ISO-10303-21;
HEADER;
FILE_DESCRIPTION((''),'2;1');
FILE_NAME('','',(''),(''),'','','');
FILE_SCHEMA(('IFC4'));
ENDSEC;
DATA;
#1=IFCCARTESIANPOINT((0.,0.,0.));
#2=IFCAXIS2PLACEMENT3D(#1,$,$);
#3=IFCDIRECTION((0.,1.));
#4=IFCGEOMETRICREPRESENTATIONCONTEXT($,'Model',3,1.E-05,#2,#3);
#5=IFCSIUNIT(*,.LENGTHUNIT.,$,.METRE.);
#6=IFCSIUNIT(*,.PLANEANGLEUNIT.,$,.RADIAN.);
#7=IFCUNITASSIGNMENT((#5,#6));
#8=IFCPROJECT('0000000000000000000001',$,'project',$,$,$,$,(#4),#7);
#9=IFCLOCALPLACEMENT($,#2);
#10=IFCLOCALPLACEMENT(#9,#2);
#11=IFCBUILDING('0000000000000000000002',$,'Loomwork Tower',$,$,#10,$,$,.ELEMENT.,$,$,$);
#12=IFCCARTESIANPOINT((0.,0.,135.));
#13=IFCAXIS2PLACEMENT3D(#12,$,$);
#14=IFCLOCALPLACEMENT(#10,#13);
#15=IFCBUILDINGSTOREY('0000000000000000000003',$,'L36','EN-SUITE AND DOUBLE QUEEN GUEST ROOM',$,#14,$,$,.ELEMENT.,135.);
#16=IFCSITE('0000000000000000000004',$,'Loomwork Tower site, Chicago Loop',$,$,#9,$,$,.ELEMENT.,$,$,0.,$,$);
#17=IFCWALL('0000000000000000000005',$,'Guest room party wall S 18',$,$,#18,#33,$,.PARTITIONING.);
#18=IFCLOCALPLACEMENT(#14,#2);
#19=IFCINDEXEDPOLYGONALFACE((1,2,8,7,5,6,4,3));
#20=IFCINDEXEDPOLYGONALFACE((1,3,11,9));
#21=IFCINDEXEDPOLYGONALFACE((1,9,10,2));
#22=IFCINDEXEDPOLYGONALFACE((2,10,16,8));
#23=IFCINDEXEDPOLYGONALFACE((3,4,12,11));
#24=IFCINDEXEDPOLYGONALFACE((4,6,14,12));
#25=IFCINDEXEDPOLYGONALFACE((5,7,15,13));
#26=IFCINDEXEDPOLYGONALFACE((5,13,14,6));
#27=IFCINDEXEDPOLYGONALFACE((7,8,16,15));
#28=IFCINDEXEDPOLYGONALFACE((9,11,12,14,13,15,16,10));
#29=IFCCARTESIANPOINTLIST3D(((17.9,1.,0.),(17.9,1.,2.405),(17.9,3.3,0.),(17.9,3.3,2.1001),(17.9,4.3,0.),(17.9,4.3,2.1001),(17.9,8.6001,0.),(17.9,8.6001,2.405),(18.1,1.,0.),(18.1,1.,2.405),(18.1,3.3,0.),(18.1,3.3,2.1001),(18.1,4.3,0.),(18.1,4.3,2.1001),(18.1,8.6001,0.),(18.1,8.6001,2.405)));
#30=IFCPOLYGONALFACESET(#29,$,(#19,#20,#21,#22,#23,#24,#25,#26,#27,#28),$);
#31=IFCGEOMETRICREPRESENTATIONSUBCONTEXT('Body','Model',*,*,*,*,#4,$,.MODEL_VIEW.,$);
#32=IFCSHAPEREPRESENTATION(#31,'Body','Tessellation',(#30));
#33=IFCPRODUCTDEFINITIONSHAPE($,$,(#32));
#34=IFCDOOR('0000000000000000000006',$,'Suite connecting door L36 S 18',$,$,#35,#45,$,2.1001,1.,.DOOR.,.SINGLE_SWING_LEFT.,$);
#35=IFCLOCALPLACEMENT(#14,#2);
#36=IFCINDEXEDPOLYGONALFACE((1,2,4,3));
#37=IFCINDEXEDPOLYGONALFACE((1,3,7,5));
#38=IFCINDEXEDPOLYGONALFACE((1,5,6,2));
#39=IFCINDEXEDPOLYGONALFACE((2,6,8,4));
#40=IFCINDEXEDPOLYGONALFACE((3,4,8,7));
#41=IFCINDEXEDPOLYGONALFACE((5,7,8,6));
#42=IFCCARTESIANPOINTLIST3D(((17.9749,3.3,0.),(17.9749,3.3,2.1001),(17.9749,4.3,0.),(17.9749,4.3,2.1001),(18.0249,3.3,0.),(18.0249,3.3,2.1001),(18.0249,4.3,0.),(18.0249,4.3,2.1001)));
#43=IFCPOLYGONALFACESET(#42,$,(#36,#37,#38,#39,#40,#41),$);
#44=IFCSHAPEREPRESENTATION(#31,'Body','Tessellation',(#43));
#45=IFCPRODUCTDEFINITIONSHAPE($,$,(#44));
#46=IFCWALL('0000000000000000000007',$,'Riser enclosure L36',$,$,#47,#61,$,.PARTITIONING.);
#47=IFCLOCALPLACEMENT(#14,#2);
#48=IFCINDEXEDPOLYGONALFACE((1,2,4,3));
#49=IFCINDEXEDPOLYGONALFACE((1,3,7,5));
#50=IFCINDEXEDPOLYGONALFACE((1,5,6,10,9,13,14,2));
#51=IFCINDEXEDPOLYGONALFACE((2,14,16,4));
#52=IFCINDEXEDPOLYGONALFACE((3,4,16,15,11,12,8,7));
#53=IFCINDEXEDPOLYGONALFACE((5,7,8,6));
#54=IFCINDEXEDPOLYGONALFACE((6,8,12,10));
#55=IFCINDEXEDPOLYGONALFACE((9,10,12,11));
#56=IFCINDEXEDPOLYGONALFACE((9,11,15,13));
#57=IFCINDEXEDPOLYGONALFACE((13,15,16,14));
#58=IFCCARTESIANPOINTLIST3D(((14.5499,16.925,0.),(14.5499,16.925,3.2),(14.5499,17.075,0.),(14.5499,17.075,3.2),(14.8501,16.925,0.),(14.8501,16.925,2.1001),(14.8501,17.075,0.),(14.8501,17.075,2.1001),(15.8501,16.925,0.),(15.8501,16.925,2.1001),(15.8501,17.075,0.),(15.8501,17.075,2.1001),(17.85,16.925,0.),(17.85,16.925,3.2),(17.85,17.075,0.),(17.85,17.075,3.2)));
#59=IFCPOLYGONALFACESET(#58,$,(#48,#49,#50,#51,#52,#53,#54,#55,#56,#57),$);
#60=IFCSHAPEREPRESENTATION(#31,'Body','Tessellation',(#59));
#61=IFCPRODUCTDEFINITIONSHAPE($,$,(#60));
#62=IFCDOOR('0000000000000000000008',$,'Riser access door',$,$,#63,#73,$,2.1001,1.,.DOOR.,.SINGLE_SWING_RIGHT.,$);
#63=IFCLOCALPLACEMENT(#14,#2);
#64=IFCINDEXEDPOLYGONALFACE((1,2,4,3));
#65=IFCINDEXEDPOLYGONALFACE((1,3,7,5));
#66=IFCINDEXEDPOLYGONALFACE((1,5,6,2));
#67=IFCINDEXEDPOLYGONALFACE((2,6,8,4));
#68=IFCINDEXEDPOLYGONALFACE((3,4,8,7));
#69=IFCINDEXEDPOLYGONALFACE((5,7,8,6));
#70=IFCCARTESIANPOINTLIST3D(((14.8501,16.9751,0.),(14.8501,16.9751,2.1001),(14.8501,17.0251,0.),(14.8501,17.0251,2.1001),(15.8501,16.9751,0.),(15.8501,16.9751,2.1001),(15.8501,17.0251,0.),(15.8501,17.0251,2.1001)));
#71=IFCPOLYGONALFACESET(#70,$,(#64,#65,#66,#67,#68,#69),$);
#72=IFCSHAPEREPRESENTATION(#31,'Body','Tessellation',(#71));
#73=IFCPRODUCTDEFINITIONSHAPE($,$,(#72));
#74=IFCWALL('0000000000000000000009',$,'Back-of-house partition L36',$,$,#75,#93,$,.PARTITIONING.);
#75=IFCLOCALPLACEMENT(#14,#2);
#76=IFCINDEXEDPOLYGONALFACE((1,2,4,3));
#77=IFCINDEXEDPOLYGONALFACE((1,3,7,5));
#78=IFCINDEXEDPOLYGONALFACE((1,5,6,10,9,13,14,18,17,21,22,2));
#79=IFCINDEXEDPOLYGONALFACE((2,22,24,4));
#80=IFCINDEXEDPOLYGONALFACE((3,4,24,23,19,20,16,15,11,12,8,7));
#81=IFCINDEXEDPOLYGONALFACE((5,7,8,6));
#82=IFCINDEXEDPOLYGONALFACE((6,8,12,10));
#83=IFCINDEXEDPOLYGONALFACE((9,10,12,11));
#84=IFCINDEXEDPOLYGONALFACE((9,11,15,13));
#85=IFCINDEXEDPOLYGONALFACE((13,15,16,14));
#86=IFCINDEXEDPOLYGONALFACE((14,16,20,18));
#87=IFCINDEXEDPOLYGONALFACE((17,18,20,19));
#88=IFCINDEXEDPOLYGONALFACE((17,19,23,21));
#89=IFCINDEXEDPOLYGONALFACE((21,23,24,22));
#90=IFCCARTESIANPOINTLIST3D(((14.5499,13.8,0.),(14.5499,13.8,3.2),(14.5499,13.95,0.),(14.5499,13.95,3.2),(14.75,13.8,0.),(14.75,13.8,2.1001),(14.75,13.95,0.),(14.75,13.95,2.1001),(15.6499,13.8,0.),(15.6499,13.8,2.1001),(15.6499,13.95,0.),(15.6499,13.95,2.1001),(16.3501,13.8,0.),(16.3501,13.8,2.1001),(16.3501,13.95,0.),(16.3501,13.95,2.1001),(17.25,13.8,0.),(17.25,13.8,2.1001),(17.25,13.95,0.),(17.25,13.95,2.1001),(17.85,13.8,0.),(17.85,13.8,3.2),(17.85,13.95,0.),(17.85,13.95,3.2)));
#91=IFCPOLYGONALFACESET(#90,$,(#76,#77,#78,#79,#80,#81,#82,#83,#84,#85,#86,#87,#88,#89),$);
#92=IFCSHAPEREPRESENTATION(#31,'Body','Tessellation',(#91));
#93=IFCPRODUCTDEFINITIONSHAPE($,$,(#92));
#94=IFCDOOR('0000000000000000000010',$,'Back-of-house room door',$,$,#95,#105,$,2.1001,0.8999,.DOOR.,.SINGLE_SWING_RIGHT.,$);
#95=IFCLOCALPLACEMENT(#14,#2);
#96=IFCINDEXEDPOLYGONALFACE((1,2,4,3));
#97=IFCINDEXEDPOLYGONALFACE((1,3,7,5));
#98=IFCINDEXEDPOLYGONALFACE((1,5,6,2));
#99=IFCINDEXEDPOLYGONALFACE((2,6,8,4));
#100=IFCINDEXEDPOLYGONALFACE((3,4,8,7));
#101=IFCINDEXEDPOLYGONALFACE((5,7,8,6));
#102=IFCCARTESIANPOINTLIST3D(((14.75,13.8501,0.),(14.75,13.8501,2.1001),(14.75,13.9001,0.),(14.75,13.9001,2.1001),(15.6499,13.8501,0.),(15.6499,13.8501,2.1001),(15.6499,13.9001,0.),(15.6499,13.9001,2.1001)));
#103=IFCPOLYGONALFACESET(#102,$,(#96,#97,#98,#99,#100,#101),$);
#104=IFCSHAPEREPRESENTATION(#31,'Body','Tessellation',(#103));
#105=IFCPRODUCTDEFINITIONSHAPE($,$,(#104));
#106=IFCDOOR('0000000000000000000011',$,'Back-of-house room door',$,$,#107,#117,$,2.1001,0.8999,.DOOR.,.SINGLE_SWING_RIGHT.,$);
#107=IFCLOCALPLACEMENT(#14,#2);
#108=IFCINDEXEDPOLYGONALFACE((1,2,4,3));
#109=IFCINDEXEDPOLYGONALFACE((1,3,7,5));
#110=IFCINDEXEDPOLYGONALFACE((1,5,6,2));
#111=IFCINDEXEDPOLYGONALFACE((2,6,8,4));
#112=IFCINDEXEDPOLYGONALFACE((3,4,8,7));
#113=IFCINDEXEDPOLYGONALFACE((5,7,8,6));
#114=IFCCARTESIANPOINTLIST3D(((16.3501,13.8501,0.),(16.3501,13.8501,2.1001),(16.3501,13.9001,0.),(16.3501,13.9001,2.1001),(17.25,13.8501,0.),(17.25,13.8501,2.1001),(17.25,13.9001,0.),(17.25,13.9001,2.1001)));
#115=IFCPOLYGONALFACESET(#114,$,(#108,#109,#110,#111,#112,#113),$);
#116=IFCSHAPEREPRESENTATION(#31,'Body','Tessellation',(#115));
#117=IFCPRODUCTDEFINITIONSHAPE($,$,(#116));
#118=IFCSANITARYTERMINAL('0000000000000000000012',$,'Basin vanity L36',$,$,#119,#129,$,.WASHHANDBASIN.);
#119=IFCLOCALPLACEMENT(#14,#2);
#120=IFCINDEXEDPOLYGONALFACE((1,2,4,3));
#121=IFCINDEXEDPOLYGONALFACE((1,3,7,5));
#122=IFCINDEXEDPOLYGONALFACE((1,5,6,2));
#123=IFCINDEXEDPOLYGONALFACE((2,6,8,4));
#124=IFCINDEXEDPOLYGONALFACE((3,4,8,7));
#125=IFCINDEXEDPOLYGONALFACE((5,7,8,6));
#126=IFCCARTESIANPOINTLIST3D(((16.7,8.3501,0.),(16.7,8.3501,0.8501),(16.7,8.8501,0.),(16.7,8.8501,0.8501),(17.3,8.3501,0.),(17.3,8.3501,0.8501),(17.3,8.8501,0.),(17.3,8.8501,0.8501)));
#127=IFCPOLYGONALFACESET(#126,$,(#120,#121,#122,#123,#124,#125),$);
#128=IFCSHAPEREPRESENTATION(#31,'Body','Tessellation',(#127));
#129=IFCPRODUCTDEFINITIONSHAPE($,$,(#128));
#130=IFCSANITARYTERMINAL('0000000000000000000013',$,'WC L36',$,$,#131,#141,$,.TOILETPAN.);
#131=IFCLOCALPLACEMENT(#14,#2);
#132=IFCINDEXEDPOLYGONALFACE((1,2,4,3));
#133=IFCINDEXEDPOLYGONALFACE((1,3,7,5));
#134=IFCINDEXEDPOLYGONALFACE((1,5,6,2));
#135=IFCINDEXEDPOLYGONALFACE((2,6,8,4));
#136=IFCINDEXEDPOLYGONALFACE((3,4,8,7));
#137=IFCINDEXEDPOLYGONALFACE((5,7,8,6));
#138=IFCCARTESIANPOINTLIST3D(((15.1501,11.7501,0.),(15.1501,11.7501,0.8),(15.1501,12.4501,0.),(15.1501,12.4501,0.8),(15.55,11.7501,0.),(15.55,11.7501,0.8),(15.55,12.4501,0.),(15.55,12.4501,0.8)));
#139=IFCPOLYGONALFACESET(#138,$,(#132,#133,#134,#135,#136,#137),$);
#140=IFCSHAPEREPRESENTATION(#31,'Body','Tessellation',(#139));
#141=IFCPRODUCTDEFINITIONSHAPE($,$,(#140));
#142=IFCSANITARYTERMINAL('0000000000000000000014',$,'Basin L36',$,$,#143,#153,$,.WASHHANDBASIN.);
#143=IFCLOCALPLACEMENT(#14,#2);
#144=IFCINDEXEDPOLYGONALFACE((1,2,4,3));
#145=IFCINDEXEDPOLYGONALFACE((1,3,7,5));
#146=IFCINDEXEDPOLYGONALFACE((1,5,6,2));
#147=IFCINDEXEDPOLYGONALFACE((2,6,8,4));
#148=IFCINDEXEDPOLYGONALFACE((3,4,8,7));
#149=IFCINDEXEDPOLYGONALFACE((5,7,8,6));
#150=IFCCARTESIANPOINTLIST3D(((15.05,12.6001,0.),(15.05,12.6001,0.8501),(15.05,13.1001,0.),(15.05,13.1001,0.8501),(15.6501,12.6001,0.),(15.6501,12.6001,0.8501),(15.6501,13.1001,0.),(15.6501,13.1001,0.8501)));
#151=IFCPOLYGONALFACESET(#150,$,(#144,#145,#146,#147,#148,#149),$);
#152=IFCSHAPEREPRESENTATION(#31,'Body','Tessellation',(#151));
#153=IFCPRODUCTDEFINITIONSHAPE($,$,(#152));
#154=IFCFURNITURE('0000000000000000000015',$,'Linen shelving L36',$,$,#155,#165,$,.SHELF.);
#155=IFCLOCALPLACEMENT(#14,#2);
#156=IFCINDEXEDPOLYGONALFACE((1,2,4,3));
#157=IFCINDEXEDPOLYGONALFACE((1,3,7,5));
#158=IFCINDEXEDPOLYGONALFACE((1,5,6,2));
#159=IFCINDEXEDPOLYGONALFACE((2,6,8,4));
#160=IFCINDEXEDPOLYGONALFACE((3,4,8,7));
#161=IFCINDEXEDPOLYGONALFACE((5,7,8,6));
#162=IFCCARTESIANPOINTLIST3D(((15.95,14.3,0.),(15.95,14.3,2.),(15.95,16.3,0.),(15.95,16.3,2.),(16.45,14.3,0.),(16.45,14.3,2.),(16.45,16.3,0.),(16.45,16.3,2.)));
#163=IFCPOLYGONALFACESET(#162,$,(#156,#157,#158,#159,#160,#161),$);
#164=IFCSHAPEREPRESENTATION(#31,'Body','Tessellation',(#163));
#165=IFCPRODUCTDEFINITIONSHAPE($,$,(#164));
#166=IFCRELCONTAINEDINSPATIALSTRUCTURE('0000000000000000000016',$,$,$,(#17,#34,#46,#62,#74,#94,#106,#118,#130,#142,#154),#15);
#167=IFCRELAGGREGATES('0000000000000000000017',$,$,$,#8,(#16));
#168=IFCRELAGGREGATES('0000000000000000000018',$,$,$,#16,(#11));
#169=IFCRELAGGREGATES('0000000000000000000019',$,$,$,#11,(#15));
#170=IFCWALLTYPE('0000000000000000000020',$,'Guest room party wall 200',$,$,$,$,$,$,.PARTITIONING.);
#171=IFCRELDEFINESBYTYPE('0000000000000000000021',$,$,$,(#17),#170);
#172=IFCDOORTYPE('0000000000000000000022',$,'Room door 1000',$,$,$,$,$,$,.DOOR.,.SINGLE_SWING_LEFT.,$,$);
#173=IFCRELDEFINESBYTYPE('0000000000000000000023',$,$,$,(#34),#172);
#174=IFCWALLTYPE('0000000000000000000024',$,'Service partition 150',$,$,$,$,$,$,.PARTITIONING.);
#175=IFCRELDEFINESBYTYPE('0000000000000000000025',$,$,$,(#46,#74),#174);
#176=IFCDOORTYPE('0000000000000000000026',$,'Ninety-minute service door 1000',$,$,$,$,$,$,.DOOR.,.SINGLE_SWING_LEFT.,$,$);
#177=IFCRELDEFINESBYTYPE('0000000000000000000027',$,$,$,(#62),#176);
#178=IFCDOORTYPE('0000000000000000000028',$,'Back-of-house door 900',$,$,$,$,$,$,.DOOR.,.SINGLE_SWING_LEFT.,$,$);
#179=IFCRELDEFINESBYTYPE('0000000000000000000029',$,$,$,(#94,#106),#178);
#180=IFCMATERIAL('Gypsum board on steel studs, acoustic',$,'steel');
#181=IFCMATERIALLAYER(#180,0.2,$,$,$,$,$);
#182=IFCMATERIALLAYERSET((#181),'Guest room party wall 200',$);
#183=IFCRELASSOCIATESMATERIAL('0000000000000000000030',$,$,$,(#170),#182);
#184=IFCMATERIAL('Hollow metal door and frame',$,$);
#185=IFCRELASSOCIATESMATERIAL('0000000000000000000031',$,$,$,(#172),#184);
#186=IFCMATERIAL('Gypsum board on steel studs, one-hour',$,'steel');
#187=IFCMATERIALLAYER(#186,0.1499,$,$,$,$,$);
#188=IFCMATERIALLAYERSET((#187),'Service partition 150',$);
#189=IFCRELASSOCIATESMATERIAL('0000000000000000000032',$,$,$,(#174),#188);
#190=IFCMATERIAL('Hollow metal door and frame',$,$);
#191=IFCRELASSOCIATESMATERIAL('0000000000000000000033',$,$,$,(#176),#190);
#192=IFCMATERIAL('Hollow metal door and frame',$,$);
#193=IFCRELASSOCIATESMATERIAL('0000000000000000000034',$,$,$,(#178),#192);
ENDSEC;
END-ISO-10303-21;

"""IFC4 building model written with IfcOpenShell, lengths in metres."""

from ifc_helpers import new_model, si_unit, direction, frame, frame_2d, origin, origin_2d, place, context, subcontext, project, spatial, rectangle, extrude, material, layer, layer_set, type_object, element, fill, save


model = new_model("IFC4")

# Units and contexts
model_context = context("Model", 3, precision=1e-05, world=origin(), true_north=direction((0.0, 1.0)))
body_context = subcontext(model_context, "Body", "Model", "MODEL_VIEW")
ifc_project = project(units=[si_unit("LENGTHUNIT", "METRE"), si_unit("PLANEANGLEUNIT", "RADIAN")], contexts=[model_context])

# Site, building, storey
site_placement = place(None, origin())
site = spatial("IfcSite", under=ifc_project, at=site_placement, Name="Loomwork Tower site, Chicago Loop", CompositionType="ELEMENT", RefElevation=0.0)
building_placement = place(site_placement, origin())
building = spatial("IfcBuilding", under=site, at=building_placement, Name="Loomwork Tower", CompositionType="ELEMENT")
storey_placement = place(building_placement, frame((0.0, 0.0, 135.0)))
storey = spatial("IfcBuildingStorey", under=building, at=storey_placement, Name="L36", Description="EN-SUITE AND DOUBLE QUEEN GUEST ROOM", CompositionType="ELEMENT", Elevation=135.0)

# Walls, openings, doors
ifc_material_1 = material(Name="Gypsum board on steel studs, acoustic", Category="steel")
ifc_layer_1 = layer(ifc_material_1, 0.2)
ifc_layer_set_1 = layer_set([ifc_layer_1], Name="Guest room party wall 200")
wall_type_1 = type_object("IfcWallType", Name="Guest room party wall 200", PredefinedType="PARTITIONING", material=ifc_layer_set_1)
wall_1_placement = place(storey_placement, frame((18.0, 8.6001, 0.0), z_axis=(0.0, 0.0, 1.0), x_axis=(0.0, -1.0, 0.0)))
wall_1 = element("IfcWall", 1, at=wall_1_placement, inside=storey, type_object=wall_type_1, Name="Guest room party wall S 18", PredefinedType="PARTITIONING", context=body_context, shape_type="SweptSolid", body=[
    extrude(rectangle(XDim=7.6001, YDim=0.2, at=frame_2d((3.8, 0.0))), origin(), (0.0, 0.0, 1.0), 2.405),
])
opening_1_placement = place(wall_1_placement, frame((4.3, 0.0, 0.0)))
opening_1 = element("IfcOpeningElement", 2, at=opening_1_placement, cuts=wall_1, PredefinedType="OPENING", context=body_context, shape_type="SweptSolid", body=[
    extrude(rectangle(XDim=1.0, YDim=2.1001, at=frame_2d((0.5, 1.05))), frame((0.0, 0.1099, 0.0), z_axis=(0.0, -1.0, 0.0), x_axis=(1.0, 0.0, 0.0)), (0.0, 0.0, 1.0), 0.22),
])
ifc_material_2 = material(Name="Hollow metal door and frame")
door_type_1 = type_object("IfcDoorType", Name="Room door 1000", OperationType="SINGLE_SWING_LEFT", PredefinedType="DOOR", material=ifc_material_2)
door_1_placement = place(opening_1_placement, origin())
door_1 = element("IfcDoor", 3, at=door_1_placement, inside=storey, type_object=door_type_1, Name="Suite connecting door L36 S 18", OperationType="SINGLE_SWING_LEFT", OverallHeight=2.1001, OverallWidth=1.0, PredefinedType="DOOR", context=body_context, shape_type="SweptSolid", body=[
    extrude(rectangle(XDim=1.0, YDim=2.1001, at=frame_2d((0.5, 1.05))), frame((0.0, 0.0249, 0.0), z_axis=(0.0, -1.0, 0.0), x_axis=(1.0, 0.0, 0.0)), (0.0, 0.0, 1.0), 0.05),
])
fill(opening_1, door_1)
ifc_material_3 = material(Name="Gypsum board on steel studs, one-hour", Category="steel")
ifc_layer_2 = layer(ifc_material_3, 0.1499)
ifc_layer_set_2 = layer_set([ifc_layer_2], Name="Service partition 150")
wall_type_2 = type_object("IfcWallType", Name="Service partition 150", PredefinedType="PARTITIONING", material=ifc_layer_set_2)
wall_2_placement = place(storey_placement, frame((14.55, 17.0, 0.0), z_axis=(0.0, 0.0, 1.0), x_axis=(1.0, 0.0, 0.0)))
wall_2 = element("IfcWall", 4, at=wall_2_placement, inside=storey, type_object=wall_type_2, Name="Riser enclosure L36", PredefinedType="PARTITIONING", context=body_context, shape_type="SweptSolid", body=[
    extrude(rectangle(XDim=3.3, YDim=0.1499, at=frame_2d((1.6499, 0.0))), origin(), (0.0, 0.0, 1.0), 3.2),
])
opening_2_placement = place(wall_2_placement, frame((0.3, 0.0, 0.0)))
opening_2 = element("IfcOpeningElement", 5, at=opening_2_placement, cuts=wall_2, PredefinedType="OPENING", context=body_context, shape_type="SweptSolid", body=[
    extrude(rectangle(XDim=1.0, YDim=2.1001, at=frame_2d((0.5, 1.05))), frame((0.0, 0.085, 0.0), z_axis=(0.0, -1.0, 0.0), x_axis=(1.0, 0.0, 0.0)), (0.0, 0.0, 1.0), 0.1699),
])
ifc_material_4 = material(Name="Hollow metal door and frame")
door_type_2 = type_object("IfcDoorType", Name="Ninety-minute service door 1000", OperationType="SINGLE_SWING_LEFT", PredefinedType="DOOR", material=ifc_material_4)
door_2_placement = place(opening_2_placement, frame((1.0, 0.0, 0.0), z_axis=(0.0, 0.0, 1.0), x_axis=(-1.0, 0.0, 0.0)))
door_2 = element("IfcDoor", 6, at=door_2_placement, inside=storey, type_object=door_type_2, Name="Riser access door", OperationType="SINGLE_SWING_RIGHT", OverallHeight=2.1001, OverallWidth=1.0, PredefinedType="DOOR", context=body_context, shape_type="SweptSolid", body=[
    extrude(rectangle(XDim=1.0, YDim=2.1001, at=frame_2d((0.5, 1.05))), frame((0.0, 0.0249, 0.0), z_axis=(0.0, -1.0, 0.0), x_axis=(1.0, 0.0, 0.0)), (0.0, 0.0, 1.0), 0.05),
])
fill(opening_2, door_2)

# Wall, openings, doors
wall_3_placement = place(storey_placement, frame((14.55, 13.875, 0.0), z_axis=(0.0, 0.0, 1.0), x_axis=(1.0, 0.0, 0.0)))
wall_3 = element("IfcWall", 7, at=wall_3_placement, inside=storey, type_object=wall_type_2, Name="Back-of-house partition L36", PredefinedType="PARTITIONING", context=body_context, shape_type="SweptSolid", body=[
    extrude(rectangle(XDim=3.3, YDim=0.1499, at=frame_2d((1.6499, 0.0))), origin(), (0.0, 0.0, 1.0), 3.2),
])
opening_3_placement = place(wall_3_placement, frame((0.2, 0.0, 0.0)))
opening_3 = element("IfcOpeningElement", 8, at=opening_3_placement, cuts=wall_3, PredefinedType="OPENING", context=body_context, shape_type="SweptSolid", body=[
    extrude(rectangle(XDim=0.8999, YDim=2.1001, at=frame_2d((0.45, 1.05))), frame((0.0, 0.085, 0.0), z_axis=(0.0, -1.0, 0.0), x_axis=(1.0, 0.0, 0.0)), (0.0, 0.0, 1.0), 0.1699),
])
opening_4_placement = place(wall_3_placement, frame((1.8, 0.0, 0.0)))
opening_4 = element("IfcOpeningElement", 9, at=opening_4_placement, cuts=wall_3, PredefinedType="OPENING", context=body_context, shape_type="SweptSolid", body=[
    extrude(rectangle(XDim=0.8999, YDim=2.1001, at=frame_2d((0.45, 1.05))), frame((0.0, 0.085, 0.0), z_axis=(0.0, -1.0, 0.0), x_axis=(1.0, 0.0, 0.0)), (0.0, 0.0, 1.0), 0.1699),
])
ifc_material_5 = material(Name="Hollow metal door and frame")
door_type_3 = type_object("IfcDoorType", Name="Back-of-house door 900", OperationType="SINGLE_SWING_LEFT", PredefinedType="DOOR", material=ifc_material_5)
door_3_placement = place(opening_3_placement, frame((0.8999, 0.0, 0.0), z_axis=(0.0, 0.0, 1.0), x_axis=(-1.0, 0.0, 0.0)))
door_3 = element("IfcDoor", 10, at=door_3_placement, inside=storey, type_object=door_type_3, Name="Back-of-house room door", OperationType="SINGLE_SWING_RIGHT", OverallHeight=2.1001, OverallWidth=0.8999, PredefinedType="DOOR", context=body_context, shape_type="SweptSolid", body=[
    extrude(rectangle(XDim=0.8999, YDim=2.1001, at=frame_2d((0.45, 1.05))), frame((0.0, 0.0249, 0.0), z_axis=(0.0, -1.0, 0.0), x_axis=(1.0, 0.0, 0.0)), (0.0, 0.0, 1.0), 0.05),
])
fill(opening_3, door_3)
door_4_placement = place(opening_4_placement, frame((0.8999, 0.0, 0.0), z_axis=(0.0, 0.0, 1.0), x_axis=(-1.0, 0.0, 0.0)))
door_4 = element("IfcDoor", 11, at=door_4_placement, inside=storey, type_object=door_type_3, Name="Back-of-house room door", OperationType="SINGLE_SWING_RIGHT", OverallHeight=2.1001, OverallWidth=0.8999, PredefinedType="DOOR", context=body_context, shape_type="SweptSolid", body=[
    extrude(rectangle(XDim=0.8999, YDim=2.1001, at=frame_2d((0.45, 1.05))), frame((0.0, 0.0249, 0.0), z_axis=(0.0, -1.0, 0.0), x_axis=(1.0, 0.0, 0.0)), (0.0, 0.0, 1.0), 0.05),
])
fill(opening_4, door_4)

# Sanitary terminals
sanitary_terminal_1_placement = place(storey_placement, frame((17.0, 8.6001, 0.0), z_axis=(0.0, 0.0, 1.0), x_axis=(1.0, 0.0, 0.0)))
element("IfcSanitaryTerminal", 12, at=sanitary_terminal_1_placement, inside=storey, Name="Basin vanity L36", PredefinedType="WASHHANDBASIN", context=body_context, shape_type="SweptSolid", body=[
    extrude(rectangle(XDim=0.6001, YDim=0.5, at=origin_2d()), origin(), (0.0, 0.0, 1.0), 0.8501),
])
sanitary_terminal_2_placement = place(storey_placement, frame((15.3501, 12.1001, 0.0), z_axis=(0.0, 0.0, 1.0), x_axis=(1.0, 0.0, 0.0)))
element("IfcSanitaryTerminal", 13, at=sanitary_terminal_2_placement, inside=storey, Name="WC L36", PredefinedType="TOILETPAN", context=body_context, shape_type="SweptSolid", body=[
    extrude(rectangle(XDim=0.3999, YDim=0.7, at=origin_2d()), origin(), (0.0, 0.0, 1.0), 0.8),
])
sanitary_terminal_3_placement = place(storey_placement, frame((15.3501, 12.8501, 0.0), z_axis=(0.0, 0.0, 1.0), x_axis=(1.0, 0.0, 0.0)))
element("IfcSanitaryTerminal", 14, at=sanitary_terminal_3_placement, inside=storey, Name="Basin L36", PredefinedType="WASHHANDBASIN", context=body_context, shape_type="SweptSolid", body=[
    extrude(rectangle(XDim=0.6001, YDim=0.5, at=origin_2d()), origin(), (0.0, 0.0, 1.0), 0.8501),
])

# Furniture
furniture_placement = place(storey_placement, frame((16.2, 15.3, 0.0), z_axis=(0.0, 0.0, 1.0), x_axis=(1.0, 0.0, 0.0)))
element("IfcFurniture", 15, at=furniture_placement, inside=storey, Name="Linen shelving L36", PredefinedType="SHELF", context=body_context, shape_type="SweptSolid", body=[
    extrude(rectangle(XDim=0.5, YDim=2.0, at=origin_2d()), origin(), (0.0, 0.0, 1.0), 2.0),
])

save(model, "model.ifc")
